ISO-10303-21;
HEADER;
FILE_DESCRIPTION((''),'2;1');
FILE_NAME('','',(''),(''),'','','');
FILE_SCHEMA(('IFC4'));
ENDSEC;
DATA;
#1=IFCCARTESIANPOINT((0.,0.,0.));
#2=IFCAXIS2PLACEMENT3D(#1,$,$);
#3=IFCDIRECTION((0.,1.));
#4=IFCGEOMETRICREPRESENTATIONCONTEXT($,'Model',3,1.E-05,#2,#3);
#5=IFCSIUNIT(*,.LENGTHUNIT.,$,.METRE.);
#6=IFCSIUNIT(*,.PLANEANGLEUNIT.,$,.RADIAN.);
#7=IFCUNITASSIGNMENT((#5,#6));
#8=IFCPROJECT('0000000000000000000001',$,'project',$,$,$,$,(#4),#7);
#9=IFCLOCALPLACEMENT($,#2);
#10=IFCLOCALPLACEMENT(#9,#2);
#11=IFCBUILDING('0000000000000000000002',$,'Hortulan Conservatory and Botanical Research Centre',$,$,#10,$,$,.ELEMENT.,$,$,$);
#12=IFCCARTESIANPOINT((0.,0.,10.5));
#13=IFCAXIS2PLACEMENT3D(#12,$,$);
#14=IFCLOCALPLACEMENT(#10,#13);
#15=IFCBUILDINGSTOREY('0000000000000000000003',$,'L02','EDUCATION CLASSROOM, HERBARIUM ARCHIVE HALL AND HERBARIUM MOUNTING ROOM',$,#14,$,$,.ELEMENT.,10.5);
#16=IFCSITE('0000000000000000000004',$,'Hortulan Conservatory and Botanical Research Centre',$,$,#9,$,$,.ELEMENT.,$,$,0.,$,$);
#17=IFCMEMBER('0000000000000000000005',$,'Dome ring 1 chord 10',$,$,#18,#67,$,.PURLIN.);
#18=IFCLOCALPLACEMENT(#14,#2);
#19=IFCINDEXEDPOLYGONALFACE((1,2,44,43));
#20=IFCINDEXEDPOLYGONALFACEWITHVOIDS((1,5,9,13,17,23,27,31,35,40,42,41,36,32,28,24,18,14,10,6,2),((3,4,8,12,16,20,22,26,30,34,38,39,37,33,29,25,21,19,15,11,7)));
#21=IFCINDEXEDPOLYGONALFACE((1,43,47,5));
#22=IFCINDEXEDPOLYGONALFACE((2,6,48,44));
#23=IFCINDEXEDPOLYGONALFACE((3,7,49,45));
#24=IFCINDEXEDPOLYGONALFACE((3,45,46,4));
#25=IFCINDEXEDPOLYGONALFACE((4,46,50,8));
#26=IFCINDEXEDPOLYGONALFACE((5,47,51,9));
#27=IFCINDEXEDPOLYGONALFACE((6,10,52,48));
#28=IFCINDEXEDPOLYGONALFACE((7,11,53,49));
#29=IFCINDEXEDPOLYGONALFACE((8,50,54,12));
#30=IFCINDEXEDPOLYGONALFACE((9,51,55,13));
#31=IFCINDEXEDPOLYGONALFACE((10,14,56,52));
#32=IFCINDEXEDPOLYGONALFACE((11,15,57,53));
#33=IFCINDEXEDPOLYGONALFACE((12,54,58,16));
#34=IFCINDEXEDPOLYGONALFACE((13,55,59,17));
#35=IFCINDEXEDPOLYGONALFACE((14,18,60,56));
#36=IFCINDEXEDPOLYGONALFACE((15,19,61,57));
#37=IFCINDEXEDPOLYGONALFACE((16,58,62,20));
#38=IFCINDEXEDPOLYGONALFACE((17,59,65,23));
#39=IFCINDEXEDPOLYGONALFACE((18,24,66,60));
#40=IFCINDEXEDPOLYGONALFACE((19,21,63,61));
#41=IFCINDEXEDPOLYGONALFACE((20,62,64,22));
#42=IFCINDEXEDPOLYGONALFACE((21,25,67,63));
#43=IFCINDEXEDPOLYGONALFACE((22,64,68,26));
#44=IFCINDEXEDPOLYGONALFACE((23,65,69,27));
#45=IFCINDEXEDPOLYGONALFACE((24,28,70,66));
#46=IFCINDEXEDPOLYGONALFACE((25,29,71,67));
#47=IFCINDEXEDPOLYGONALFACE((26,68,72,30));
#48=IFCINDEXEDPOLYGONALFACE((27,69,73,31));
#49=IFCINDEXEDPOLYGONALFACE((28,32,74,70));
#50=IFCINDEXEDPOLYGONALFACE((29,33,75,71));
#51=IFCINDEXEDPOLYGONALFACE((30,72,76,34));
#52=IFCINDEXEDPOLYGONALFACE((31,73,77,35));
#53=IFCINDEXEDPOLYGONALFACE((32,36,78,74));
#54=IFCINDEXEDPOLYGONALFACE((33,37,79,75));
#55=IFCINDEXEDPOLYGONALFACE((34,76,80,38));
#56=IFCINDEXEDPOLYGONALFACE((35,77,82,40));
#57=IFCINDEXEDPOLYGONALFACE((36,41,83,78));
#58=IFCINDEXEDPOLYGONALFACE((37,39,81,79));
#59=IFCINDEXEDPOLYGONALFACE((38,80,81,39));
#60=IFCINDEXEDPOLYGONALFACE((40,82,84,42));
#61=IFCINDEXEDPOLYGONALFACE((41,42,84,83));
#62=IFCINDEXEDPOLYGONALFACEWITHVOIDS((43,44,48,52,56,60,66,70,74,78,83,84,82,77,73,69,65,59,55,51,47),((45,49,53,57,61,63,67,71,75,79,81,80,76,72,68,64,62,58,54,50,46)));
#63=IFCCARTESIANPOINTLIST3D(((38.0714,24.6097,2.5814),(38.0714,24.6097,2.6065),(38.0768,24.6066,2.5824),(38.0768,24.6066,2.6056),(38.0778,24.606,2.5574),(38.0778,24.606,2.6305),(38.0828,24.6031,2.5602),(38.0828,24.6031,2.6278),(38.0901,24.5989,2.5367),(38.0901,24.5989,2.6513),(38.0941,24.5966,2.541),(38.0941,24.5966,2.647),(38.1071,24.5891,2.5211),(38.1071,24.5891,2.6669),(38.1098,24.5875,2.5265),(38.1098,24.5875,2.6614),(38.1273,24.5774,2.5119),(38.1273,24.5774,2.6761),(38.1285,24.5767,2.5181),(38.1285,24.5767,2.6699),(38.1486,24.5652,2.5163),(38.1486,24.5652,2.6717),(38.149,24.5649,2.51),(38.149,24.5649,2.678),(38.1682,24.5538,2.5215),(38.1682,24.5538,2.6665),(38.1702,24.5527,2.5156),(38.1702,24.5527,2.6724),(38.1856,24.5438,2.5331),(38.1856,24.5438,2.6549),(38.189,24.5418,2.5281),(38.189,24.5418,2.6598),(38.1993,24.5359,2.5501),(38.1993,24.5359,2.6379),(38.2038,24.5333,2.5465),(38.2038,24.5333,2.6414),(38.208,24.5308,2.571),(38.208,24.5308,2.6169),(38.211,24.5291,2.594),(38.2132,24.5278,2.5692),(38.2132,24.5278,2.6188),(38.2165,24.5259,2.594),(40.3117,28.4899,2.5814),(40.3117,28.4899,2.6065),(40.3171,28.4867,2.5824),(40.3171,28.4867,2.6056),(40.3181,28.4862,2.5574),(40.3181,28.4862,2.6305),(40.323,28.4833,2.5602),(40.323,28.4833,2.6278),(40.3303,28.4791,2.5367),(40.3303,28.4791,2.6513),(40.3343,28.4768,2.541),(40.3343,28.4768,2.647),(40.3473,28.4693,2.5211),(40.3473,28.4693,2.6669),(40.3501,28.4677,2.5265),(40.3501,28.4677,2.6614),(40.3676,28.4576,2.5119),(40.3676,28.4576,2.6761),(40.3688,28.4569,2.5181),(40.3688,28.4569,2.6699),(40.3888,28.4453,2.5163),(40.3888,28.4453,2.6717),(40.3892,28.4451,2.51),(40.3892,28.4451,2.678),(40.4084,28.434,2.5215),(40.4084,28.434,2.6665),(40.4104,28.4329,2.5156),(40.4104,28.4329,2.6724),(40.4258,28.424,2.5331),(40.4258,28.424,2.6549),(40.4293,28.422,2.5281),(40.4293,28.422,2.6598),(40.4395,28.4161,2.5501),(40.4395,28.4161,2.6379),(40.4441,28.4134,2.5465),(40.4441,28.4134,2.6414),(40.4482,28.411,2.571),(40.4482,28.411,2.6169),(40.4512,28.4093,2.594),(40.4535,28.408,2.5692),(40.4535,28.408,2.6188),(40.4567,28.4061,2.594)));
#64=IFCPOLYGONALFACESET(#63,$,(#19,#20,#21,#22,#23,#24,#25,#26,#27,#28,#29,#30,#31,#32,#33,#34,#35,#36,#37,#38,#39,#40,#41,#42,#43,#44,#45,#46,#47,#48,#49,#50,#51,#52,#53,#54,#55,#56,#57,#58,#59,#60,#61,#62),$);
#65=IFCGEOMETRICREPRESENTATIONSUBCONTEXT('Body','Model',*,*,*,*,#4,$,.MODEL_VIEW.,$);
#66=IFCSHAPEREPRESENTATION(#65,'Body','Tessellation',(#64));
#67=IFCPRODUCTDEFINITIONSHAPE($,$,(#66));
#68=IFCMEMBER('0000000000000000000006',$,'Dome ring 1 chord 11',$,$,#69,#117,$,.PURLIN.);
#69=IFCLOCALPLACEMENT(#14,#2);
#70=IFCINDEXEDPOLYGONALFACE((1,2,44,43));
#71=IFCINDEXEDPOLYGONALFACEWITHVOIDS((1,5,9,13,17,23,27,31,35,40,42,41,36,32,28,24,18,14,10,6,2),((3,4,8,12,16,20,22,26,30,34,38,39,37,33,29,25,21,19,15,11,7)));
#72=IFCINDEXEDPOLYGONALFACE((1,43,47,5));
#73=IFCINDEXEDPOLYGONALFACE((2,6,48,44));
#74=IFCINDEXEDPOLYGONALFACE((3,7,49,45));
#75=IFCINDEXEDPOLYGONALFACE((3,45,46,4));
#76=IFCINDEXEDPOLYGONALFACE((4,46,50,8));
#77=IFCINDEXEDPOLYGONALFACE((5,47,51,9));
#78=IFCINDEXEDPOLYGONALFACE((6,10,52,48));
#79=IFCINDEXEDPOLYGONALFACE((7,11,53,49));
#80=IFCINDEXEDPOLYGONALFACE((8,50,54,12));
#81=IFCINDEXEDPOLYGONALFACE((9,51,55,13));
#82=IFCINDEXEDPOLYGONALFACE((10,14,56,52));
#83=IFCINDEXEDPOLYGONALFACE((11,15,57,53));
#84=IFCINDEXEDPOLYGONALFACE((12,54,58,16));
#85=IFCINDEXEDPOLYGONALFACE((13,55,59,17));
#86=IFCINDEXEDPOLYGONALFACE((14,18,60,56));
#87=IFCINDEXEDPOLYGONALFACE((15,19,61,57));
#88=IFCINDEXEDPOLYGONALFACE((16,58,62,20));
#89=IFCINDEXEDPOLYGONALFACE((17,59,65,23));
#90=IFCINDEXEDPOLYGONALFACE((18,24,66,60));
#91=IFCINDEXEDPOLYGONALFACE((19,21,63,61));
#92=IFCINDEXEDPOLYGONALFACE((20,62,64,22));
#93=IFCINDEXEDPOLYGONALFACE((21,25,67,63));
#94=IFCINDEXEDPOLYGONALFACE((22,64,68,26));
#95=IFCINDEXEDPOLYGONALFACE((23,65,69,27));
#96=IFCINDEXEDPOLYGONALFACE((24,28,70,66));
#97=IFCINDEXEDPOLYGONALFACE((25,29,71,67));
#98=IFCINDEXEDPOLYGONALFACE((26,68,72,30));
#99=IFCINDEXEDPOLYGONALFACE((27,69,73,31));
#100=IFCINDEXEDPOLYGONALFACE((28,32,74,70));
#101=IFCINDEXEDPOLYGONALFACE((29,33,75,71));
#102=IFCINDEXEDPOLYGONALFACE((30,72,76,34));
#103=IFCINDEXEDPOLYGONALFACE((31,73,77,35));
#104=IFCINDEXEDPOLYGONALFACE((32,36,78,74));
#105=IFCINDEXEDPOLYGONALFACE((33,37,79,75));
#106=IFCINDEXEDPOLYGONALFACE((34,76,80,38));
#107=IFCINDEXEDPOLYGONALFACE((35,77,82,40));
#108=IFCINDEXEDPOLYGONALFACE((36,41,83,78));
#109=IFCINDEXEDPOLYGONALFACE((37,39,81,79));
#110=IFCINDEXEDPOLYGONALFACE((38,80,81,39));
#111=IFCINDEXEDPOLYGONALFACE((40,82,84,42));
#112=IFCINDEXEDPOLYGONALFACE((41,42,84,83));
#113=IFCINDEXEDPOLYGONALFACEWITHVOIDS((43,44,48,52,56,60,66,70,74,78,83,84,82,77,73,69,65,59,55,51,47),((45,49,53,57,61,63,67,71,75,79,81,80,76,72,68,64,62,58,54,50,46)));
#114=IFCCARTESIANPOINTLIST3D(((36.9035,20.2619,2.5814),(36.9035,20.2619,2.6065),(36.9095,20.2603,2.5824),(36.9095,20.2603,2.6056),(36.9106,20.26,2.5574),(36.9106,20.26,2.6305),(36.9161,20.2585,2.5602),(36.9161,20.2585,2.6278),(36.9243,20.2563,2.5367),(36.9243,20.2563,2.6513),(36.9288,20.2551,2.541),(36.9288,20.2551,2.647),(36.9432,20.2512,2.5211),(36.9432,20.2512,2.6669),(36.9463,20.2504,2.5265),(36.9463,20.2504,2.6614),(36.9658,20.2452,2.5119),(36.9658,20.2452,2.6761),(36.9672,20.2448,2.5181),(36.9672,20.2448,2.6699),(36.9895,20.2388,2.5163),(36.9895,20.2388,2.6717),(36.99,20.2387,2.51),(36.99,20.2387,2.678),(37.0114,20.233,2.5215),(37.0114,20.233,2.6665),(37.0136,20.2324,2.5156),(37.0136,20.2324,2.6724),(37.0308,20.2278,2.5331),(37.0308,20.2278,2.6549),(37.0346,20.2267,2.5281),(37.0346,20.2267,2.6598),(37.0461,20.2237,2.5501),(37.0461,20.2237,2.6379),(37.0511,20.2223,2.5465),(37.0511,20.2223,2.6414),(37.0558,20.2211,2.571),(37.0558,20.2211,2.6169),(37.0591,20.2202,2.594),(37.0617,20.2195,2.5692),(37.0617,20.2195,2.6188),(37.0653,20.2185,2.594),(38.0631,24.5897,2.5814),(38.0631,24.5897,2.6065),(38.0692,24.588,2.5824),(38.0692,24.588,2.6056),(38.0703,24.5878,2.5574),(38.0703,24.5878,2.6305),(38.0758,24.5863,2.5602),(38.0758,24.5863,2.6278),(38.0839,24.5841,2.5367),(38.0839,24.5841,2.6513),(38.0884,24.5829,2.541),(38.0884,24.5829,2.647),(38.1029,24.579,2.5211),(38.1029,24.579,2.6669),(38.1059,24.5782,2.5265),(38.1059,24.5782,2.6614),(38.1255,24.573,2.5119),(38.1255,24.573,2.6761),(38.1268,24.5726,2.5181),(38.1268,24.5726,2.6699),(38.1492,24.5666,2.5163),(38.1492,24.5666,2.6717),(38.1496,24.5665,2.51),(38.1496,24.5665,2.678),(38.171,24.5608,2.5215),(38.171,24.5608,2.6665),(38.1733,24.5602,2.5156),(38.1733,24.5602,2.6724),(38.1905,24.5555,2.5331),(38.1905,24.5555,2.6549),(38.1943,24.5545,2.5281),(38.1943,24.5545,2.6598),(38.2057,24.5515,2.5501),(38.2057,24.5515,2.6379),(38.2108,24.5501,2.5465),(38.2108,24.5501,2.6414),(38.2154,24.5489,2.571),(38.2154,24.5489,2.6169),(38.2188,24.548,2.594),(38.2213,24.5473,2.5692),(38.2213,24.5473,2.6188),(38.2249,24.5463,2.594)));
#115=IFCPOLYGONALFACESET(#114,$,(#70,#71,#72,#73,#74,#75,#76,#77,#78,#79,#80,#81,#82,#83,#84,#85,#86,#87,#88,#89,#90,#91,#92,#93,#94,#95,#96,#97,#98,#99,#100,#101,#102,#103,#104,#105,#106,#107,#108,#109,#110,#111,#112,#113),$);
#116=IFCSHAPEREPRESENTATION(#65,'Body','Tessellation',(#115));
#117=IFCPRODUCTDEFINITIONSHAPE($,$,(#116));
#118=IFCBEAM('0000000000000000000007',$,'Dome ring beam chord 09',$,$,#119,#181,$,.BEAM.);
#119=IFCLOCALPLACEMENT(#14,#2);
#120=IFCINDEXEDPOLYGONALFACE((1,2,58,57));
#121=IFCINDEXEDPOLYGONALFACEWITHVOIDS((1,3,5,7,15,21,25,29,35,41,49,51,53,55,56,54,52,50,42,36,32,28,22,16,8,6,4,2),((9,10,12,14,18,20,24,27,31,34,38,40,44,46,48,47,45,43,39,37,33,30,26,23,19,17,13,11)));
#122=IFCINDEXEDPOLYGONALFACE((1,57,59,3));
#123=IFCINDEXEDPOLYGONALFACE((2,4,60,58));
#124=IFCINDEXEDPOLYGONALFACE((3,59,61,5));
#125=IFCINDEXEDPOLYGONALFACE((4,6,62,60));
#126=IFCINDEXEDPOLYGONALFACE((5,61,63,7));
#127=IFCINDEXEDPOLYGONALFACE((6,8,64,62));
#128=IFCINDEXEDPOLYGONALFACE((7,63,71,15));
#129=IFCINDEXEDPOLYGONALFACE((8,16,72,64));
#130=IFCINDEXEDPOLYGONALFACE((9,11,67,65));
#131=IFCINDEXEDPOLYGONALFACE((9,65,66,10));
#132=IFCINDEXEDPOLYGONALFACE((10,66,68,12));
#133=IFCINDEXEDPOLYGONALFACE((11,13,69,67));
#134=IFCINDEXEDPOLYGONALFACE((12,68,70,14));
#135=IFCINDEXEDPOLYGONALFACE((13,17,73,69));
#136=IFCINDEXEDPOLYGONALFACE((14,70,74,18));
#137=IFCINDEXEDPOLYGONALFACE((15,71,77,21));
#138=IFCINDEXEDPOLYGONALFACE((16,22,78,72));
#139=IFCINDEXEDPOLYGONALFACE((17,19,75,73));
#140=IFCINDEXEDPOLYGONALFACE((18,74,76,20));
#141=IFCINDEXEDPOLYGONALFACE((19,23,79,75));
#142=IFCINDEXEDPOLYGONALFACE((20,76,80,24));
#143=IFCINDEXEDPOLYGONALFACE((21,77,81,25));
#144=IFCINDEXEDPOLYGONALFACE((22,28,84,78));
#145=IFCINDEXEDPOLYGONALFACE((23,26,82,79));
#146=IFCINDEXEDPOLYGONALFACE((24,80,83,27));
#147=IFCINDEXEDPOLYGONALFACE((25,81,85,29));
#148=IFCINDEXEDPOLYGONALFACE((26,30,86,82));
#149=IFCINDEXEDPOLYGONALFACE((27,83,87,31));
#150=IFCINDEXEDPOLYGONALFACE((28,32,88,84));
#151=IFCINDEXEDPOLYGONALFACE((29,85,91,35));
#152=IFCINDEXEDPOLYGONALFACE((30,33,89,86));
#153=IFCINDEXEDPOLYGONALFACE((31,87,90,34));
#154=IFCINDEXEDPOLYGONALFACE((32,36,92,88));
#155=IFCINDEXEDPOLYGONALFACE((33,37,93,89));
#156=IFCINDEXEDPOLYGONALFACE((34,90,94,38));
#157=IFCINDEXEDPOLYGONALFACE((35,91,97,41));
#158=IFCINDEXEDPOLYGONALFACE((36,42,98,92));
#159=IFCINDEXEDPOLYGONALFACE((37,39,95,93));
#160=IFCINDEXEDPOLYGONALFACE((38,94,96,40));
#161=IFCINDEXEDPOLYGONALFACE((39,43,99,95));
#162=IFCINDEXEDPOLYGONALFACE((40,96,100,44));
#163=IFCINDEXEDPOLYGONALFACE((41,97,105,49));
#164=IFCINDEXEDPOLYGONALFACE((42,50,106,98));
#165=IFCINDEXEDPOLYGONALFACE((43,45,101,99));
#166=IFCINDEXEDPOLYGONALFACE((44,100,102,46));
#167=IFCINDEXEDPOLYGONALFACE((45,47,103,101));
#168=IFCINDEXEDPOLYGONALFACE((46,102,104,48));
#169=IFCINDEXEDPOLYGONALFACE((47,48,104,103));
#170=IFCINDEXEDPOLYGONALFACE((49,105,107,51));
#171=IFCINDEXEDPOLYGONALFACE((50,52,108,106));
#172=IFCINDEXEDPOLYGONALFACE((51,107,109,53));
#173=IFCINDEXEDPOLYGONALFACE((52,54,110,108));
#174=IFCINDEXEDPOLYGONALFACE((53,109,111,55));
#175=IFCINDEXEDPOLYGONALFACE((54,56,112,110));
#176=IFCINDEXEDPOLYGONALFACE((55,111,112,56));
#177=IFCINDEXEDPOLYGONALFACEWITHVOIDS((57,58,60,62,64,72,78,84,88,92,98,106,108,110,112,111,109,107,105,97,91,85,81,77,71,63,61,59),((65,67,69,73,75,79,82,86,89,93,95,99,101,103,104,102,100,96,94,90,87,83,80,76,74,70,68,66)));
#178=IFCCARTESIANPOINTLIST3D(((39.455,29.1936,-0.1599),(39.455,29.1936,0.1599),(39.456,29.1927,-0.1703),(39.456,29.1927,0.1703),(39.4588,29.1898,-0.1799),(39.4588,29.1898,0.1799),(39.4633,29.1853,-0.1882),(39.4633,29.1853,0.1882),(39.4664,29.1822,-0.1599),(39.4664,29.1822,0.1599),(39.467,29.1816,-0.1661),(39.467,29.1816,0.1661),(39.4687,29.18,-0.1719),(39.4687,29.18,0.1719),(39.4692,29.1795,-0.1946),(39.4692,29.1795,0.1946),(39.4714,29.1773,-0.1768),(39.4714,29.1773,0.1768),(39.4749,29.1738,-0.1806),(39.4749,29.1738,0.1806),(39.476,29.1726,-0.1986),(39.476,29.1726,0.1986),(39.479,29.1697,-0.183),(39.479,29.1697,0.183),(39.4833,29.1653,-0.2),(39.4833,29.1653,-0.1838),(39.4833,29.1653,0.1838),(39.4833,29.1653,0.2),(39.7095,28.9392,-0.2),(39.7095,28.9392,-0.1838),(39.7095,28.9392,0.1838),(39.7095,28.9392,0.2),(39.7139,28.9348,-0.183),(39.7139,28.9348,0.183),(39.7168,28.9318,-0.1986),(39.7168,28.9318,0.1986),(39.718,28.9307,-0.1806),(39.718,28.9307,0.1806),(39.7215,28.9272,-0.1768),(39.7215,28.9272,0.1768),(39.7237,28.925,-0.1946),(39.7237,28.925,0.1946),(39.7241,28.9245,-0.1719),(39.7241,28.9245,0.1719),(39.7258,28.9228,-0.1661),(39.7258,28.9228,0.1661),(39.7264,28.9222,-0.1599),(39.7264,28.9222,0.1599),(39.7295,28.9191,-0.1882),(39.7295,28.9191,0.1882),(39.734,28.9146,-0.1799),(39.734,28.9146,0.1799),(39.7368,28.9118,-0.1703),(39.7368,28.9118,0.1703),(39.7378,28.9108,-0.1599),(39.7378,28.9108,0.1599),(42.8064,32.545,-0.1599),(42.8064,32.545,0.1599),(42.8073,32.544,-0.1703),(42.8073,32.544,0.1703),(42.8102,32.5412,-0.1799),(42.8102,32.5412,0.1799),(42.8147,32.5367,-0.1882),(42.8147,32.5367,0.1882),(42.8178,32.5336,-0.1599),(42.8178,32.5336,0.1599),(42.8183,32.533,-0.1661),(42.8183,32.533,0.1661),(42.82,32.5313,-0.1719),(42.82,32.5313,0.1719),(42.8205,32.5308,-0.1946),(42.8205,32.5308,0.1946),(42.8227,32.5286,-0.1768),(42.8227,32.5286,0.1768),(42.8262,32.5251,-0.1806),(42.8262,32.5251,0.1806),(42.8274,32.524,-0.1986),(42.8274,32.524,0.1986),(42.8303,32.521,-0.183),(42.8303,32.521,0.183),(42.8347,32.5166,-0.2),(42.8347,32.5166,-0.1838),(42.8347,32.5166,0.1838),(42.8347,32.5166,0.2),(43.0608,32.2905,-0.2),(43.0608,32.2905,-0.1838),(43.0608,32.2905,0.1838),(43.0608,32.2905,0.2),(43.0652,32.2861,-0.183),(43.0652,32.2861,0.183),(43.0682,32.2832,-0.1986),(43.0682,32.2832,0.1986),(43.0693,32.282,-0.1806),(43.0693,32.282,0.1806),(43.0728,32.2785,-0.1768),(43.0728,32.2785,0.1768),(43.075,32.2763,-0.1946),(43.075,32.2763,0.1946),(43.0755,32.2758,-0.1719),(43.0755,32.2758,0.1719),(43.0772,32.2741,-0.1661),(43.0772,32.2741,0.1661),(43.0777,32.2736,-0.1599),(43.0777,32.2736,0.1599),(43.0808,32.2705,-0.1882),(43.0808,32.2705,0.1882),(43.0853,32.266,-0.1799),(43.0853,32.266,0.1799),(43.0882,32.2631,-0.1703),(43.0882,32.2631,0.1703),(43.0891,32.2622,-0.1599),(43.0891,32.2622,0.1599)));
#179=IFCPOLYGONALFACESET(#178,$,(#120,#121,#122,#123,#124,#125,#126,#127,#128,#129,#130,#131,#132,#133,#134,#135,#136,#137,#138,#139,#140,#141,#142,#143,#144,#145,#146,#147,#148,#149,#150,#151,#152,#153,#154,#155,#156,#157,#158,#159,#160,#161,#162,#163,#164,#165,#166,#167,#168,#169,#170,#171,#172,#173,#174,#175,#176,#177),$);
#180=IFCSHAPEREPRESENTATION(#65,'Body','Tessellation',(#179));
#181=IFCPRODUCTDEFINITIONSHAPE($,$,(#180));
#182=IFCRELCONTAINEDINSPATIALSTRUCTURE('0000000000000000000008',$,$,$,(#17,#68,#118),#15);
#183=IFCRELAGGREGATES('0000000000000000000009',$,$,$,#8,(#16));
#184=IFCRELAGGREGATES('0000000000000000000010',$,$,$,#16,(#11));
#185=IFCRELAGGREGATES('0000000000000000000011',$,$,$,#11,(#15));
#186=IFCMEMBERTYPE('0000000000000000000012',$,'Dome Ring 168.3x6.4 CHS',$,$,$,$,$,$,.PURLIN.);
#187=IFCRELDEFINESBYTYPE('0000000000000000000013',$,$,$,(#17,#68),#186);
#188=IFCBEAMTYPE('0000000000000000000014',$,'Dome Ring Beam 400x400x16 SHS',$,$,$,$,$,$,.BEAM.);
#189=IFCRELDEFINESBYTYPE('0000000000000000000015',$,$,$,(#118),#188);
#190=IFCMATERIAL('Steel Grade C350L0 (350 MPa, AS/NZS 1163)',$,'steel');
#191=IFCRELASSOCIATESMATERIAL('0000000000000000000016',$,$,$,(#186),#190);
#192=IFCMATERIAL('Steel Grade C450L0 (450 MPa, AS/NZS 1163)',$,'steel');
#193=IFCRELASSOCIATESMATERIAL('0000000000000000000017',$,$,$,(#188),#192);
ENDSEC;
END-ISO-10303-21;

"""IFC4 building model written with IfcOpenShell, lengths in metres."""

from ifc_helpers import new_model, si_unit, direction, frame, origin, origin_2d, place, context, subcontext, project, spatial, hollow_rectangle, hollow_circle, extrude, material, material_profile, profile_set, type_object, element, save


model = new_model("IFC4")

# Units and contexts
model_context = context("Model", 3, precision=1e-05, world=origin(), true_north=direction((0.0, 1.0)))
body_context = subcontext(model_context, "Body", "Model", "MODEL_VIEW")
ifc_project = project(units=[si_unit("LENGTHUNIT", "METRE"), si_unit("PLANEANGLEUNIT", "RADIAN")], contexts=[model_context])

# Site, building, storey
site_placement = place(None, origin())
site = spatial("IfcSite", under=ifc_project, at=site_placement, Name="Hortulan Conservatory and Botanical Research Centre", CompositionType="ELEMENT", RefElevation=0.0)
building_placement = place(site_placement, origin())
building = spatial("IfcBuilding", under=site, at=building_placement, Name="Hortulan Conservatory and Botanical Research Centre", CompositionType="ELEMENT")
storey_placement = place(building_placement, frame((0.0, 0.0, 10.5)))
storey = spatial("IfcBuildingStorey", under=building, at=storey_placement, Name="L02", Description="EDUCATION CLASSROOM, HERBARIUM ARCHIVE HALL AND HERBARIUM MOUNTING ROOM", CompositionType="ELEMENT", Elevation=10.5)

# Shared definitions
ifc_material_1 = material(Name="Steel Grade C350L0 (350 MPa, AS/NZS 1163)", Category="steel")

# Members
ifc_material_profile_1 = material_profile(ifc_material_1, hollow_circle(Radius=0.0842, WallThickness=0.0063, at=origin_2d()), Name="168.3x6.4CHS")
ifc_profile_set_1 = profile_set([ifc_material_profile_1], Name="Steel Grade C350L0 (350 MPa, AS/NZS 1163)")
member_type_1 = type_object("IfcMemberType", Name="Dome Ring 168.3x6.4 CHS", PredefinedType="PURLIN", material=ifc_profile_set_1)
for number, where, z_axis, x_axis, name in (
    (1, (40.3838, 28.4482, 2.594), (-0.500007, -0.866021, 0.0), (0.866021, -0.500007, 0.0), "Dome ring 1 chord 10"),
    (2, (38.1436, 24.5681, 2.594), (-0.258822, -0.965925, 0.0), (0.965925, -0.258822, 0.0), "Dome ring 1 chord 11"),
):
    element("IfcMember", number, at=place(storey_placement, frame(where, z_axis=z_axis, x_axis=x_axis)), inside=storey, type_object=member_type_1, Name=name, PredefinedType="PURLIN", context=body_context, shape_type="SweptSolid", body=[
        extrude(hollow_circle(Radius=0.0842, WallThickness=0.0063, at=origin_2d()), origin(), (0.0, 0.0, 1.0), 4.4805),
    ])

# Beam
ifc_material_2 = material(Name="Steel Grade C450L0 (450 MPa, AS/NZS 1163)", Category="steel")
ifc_material_profile_2 = material_profile(ifc_material_2, hollow_rectangle(XDim=0.3999, YDim=0.3999, WallThickness=0.0161, InnerFilletRadius=0.0239, OuterFilletRadius=0.04, at=origin_2d()), Name="400x400x16SHS")
ifc_profile_set_2 = profile_set([ifc_material_profile_2], Name="Steel Grade C450L0 (450 MPa, AS/NZS 1163)")
beam_type_1 = type_object("IfcBeamType", Name="Dome Ring Beam 400x400x16 SHS", PredefinedType="BEAM", material=ifc_profile_set_2)
for number, where, z_axis, x_axis, name in (
    (3, (42.9478, 32.4036, 0.0), (-0.707107, -0.707107, 0.0), (0.707107, -0.707107, 0.0), "Dome ring beam chord 09"),
):
    element("IfcBeam", number, at=place(storey_placement, frame(where, z_axis=z_axis, x_axis=x_axis)), inside=storey, type_object=beam_type_1, Name=name, PredefinedType="BEAM", context=body_context, shape_type="SweptSolid", body=[
        extrude(hollow_rectangle(XDim=0.3999, YDim=0.3999, WallThickness=0.0161, InnerFilletRadius=0.0239, OuterFilletRadius=0.04, at=origin_2d()), origin(), (0.0, 0.0, 1.0), 4.7395),
    ])

save(model, "model.ifc")
